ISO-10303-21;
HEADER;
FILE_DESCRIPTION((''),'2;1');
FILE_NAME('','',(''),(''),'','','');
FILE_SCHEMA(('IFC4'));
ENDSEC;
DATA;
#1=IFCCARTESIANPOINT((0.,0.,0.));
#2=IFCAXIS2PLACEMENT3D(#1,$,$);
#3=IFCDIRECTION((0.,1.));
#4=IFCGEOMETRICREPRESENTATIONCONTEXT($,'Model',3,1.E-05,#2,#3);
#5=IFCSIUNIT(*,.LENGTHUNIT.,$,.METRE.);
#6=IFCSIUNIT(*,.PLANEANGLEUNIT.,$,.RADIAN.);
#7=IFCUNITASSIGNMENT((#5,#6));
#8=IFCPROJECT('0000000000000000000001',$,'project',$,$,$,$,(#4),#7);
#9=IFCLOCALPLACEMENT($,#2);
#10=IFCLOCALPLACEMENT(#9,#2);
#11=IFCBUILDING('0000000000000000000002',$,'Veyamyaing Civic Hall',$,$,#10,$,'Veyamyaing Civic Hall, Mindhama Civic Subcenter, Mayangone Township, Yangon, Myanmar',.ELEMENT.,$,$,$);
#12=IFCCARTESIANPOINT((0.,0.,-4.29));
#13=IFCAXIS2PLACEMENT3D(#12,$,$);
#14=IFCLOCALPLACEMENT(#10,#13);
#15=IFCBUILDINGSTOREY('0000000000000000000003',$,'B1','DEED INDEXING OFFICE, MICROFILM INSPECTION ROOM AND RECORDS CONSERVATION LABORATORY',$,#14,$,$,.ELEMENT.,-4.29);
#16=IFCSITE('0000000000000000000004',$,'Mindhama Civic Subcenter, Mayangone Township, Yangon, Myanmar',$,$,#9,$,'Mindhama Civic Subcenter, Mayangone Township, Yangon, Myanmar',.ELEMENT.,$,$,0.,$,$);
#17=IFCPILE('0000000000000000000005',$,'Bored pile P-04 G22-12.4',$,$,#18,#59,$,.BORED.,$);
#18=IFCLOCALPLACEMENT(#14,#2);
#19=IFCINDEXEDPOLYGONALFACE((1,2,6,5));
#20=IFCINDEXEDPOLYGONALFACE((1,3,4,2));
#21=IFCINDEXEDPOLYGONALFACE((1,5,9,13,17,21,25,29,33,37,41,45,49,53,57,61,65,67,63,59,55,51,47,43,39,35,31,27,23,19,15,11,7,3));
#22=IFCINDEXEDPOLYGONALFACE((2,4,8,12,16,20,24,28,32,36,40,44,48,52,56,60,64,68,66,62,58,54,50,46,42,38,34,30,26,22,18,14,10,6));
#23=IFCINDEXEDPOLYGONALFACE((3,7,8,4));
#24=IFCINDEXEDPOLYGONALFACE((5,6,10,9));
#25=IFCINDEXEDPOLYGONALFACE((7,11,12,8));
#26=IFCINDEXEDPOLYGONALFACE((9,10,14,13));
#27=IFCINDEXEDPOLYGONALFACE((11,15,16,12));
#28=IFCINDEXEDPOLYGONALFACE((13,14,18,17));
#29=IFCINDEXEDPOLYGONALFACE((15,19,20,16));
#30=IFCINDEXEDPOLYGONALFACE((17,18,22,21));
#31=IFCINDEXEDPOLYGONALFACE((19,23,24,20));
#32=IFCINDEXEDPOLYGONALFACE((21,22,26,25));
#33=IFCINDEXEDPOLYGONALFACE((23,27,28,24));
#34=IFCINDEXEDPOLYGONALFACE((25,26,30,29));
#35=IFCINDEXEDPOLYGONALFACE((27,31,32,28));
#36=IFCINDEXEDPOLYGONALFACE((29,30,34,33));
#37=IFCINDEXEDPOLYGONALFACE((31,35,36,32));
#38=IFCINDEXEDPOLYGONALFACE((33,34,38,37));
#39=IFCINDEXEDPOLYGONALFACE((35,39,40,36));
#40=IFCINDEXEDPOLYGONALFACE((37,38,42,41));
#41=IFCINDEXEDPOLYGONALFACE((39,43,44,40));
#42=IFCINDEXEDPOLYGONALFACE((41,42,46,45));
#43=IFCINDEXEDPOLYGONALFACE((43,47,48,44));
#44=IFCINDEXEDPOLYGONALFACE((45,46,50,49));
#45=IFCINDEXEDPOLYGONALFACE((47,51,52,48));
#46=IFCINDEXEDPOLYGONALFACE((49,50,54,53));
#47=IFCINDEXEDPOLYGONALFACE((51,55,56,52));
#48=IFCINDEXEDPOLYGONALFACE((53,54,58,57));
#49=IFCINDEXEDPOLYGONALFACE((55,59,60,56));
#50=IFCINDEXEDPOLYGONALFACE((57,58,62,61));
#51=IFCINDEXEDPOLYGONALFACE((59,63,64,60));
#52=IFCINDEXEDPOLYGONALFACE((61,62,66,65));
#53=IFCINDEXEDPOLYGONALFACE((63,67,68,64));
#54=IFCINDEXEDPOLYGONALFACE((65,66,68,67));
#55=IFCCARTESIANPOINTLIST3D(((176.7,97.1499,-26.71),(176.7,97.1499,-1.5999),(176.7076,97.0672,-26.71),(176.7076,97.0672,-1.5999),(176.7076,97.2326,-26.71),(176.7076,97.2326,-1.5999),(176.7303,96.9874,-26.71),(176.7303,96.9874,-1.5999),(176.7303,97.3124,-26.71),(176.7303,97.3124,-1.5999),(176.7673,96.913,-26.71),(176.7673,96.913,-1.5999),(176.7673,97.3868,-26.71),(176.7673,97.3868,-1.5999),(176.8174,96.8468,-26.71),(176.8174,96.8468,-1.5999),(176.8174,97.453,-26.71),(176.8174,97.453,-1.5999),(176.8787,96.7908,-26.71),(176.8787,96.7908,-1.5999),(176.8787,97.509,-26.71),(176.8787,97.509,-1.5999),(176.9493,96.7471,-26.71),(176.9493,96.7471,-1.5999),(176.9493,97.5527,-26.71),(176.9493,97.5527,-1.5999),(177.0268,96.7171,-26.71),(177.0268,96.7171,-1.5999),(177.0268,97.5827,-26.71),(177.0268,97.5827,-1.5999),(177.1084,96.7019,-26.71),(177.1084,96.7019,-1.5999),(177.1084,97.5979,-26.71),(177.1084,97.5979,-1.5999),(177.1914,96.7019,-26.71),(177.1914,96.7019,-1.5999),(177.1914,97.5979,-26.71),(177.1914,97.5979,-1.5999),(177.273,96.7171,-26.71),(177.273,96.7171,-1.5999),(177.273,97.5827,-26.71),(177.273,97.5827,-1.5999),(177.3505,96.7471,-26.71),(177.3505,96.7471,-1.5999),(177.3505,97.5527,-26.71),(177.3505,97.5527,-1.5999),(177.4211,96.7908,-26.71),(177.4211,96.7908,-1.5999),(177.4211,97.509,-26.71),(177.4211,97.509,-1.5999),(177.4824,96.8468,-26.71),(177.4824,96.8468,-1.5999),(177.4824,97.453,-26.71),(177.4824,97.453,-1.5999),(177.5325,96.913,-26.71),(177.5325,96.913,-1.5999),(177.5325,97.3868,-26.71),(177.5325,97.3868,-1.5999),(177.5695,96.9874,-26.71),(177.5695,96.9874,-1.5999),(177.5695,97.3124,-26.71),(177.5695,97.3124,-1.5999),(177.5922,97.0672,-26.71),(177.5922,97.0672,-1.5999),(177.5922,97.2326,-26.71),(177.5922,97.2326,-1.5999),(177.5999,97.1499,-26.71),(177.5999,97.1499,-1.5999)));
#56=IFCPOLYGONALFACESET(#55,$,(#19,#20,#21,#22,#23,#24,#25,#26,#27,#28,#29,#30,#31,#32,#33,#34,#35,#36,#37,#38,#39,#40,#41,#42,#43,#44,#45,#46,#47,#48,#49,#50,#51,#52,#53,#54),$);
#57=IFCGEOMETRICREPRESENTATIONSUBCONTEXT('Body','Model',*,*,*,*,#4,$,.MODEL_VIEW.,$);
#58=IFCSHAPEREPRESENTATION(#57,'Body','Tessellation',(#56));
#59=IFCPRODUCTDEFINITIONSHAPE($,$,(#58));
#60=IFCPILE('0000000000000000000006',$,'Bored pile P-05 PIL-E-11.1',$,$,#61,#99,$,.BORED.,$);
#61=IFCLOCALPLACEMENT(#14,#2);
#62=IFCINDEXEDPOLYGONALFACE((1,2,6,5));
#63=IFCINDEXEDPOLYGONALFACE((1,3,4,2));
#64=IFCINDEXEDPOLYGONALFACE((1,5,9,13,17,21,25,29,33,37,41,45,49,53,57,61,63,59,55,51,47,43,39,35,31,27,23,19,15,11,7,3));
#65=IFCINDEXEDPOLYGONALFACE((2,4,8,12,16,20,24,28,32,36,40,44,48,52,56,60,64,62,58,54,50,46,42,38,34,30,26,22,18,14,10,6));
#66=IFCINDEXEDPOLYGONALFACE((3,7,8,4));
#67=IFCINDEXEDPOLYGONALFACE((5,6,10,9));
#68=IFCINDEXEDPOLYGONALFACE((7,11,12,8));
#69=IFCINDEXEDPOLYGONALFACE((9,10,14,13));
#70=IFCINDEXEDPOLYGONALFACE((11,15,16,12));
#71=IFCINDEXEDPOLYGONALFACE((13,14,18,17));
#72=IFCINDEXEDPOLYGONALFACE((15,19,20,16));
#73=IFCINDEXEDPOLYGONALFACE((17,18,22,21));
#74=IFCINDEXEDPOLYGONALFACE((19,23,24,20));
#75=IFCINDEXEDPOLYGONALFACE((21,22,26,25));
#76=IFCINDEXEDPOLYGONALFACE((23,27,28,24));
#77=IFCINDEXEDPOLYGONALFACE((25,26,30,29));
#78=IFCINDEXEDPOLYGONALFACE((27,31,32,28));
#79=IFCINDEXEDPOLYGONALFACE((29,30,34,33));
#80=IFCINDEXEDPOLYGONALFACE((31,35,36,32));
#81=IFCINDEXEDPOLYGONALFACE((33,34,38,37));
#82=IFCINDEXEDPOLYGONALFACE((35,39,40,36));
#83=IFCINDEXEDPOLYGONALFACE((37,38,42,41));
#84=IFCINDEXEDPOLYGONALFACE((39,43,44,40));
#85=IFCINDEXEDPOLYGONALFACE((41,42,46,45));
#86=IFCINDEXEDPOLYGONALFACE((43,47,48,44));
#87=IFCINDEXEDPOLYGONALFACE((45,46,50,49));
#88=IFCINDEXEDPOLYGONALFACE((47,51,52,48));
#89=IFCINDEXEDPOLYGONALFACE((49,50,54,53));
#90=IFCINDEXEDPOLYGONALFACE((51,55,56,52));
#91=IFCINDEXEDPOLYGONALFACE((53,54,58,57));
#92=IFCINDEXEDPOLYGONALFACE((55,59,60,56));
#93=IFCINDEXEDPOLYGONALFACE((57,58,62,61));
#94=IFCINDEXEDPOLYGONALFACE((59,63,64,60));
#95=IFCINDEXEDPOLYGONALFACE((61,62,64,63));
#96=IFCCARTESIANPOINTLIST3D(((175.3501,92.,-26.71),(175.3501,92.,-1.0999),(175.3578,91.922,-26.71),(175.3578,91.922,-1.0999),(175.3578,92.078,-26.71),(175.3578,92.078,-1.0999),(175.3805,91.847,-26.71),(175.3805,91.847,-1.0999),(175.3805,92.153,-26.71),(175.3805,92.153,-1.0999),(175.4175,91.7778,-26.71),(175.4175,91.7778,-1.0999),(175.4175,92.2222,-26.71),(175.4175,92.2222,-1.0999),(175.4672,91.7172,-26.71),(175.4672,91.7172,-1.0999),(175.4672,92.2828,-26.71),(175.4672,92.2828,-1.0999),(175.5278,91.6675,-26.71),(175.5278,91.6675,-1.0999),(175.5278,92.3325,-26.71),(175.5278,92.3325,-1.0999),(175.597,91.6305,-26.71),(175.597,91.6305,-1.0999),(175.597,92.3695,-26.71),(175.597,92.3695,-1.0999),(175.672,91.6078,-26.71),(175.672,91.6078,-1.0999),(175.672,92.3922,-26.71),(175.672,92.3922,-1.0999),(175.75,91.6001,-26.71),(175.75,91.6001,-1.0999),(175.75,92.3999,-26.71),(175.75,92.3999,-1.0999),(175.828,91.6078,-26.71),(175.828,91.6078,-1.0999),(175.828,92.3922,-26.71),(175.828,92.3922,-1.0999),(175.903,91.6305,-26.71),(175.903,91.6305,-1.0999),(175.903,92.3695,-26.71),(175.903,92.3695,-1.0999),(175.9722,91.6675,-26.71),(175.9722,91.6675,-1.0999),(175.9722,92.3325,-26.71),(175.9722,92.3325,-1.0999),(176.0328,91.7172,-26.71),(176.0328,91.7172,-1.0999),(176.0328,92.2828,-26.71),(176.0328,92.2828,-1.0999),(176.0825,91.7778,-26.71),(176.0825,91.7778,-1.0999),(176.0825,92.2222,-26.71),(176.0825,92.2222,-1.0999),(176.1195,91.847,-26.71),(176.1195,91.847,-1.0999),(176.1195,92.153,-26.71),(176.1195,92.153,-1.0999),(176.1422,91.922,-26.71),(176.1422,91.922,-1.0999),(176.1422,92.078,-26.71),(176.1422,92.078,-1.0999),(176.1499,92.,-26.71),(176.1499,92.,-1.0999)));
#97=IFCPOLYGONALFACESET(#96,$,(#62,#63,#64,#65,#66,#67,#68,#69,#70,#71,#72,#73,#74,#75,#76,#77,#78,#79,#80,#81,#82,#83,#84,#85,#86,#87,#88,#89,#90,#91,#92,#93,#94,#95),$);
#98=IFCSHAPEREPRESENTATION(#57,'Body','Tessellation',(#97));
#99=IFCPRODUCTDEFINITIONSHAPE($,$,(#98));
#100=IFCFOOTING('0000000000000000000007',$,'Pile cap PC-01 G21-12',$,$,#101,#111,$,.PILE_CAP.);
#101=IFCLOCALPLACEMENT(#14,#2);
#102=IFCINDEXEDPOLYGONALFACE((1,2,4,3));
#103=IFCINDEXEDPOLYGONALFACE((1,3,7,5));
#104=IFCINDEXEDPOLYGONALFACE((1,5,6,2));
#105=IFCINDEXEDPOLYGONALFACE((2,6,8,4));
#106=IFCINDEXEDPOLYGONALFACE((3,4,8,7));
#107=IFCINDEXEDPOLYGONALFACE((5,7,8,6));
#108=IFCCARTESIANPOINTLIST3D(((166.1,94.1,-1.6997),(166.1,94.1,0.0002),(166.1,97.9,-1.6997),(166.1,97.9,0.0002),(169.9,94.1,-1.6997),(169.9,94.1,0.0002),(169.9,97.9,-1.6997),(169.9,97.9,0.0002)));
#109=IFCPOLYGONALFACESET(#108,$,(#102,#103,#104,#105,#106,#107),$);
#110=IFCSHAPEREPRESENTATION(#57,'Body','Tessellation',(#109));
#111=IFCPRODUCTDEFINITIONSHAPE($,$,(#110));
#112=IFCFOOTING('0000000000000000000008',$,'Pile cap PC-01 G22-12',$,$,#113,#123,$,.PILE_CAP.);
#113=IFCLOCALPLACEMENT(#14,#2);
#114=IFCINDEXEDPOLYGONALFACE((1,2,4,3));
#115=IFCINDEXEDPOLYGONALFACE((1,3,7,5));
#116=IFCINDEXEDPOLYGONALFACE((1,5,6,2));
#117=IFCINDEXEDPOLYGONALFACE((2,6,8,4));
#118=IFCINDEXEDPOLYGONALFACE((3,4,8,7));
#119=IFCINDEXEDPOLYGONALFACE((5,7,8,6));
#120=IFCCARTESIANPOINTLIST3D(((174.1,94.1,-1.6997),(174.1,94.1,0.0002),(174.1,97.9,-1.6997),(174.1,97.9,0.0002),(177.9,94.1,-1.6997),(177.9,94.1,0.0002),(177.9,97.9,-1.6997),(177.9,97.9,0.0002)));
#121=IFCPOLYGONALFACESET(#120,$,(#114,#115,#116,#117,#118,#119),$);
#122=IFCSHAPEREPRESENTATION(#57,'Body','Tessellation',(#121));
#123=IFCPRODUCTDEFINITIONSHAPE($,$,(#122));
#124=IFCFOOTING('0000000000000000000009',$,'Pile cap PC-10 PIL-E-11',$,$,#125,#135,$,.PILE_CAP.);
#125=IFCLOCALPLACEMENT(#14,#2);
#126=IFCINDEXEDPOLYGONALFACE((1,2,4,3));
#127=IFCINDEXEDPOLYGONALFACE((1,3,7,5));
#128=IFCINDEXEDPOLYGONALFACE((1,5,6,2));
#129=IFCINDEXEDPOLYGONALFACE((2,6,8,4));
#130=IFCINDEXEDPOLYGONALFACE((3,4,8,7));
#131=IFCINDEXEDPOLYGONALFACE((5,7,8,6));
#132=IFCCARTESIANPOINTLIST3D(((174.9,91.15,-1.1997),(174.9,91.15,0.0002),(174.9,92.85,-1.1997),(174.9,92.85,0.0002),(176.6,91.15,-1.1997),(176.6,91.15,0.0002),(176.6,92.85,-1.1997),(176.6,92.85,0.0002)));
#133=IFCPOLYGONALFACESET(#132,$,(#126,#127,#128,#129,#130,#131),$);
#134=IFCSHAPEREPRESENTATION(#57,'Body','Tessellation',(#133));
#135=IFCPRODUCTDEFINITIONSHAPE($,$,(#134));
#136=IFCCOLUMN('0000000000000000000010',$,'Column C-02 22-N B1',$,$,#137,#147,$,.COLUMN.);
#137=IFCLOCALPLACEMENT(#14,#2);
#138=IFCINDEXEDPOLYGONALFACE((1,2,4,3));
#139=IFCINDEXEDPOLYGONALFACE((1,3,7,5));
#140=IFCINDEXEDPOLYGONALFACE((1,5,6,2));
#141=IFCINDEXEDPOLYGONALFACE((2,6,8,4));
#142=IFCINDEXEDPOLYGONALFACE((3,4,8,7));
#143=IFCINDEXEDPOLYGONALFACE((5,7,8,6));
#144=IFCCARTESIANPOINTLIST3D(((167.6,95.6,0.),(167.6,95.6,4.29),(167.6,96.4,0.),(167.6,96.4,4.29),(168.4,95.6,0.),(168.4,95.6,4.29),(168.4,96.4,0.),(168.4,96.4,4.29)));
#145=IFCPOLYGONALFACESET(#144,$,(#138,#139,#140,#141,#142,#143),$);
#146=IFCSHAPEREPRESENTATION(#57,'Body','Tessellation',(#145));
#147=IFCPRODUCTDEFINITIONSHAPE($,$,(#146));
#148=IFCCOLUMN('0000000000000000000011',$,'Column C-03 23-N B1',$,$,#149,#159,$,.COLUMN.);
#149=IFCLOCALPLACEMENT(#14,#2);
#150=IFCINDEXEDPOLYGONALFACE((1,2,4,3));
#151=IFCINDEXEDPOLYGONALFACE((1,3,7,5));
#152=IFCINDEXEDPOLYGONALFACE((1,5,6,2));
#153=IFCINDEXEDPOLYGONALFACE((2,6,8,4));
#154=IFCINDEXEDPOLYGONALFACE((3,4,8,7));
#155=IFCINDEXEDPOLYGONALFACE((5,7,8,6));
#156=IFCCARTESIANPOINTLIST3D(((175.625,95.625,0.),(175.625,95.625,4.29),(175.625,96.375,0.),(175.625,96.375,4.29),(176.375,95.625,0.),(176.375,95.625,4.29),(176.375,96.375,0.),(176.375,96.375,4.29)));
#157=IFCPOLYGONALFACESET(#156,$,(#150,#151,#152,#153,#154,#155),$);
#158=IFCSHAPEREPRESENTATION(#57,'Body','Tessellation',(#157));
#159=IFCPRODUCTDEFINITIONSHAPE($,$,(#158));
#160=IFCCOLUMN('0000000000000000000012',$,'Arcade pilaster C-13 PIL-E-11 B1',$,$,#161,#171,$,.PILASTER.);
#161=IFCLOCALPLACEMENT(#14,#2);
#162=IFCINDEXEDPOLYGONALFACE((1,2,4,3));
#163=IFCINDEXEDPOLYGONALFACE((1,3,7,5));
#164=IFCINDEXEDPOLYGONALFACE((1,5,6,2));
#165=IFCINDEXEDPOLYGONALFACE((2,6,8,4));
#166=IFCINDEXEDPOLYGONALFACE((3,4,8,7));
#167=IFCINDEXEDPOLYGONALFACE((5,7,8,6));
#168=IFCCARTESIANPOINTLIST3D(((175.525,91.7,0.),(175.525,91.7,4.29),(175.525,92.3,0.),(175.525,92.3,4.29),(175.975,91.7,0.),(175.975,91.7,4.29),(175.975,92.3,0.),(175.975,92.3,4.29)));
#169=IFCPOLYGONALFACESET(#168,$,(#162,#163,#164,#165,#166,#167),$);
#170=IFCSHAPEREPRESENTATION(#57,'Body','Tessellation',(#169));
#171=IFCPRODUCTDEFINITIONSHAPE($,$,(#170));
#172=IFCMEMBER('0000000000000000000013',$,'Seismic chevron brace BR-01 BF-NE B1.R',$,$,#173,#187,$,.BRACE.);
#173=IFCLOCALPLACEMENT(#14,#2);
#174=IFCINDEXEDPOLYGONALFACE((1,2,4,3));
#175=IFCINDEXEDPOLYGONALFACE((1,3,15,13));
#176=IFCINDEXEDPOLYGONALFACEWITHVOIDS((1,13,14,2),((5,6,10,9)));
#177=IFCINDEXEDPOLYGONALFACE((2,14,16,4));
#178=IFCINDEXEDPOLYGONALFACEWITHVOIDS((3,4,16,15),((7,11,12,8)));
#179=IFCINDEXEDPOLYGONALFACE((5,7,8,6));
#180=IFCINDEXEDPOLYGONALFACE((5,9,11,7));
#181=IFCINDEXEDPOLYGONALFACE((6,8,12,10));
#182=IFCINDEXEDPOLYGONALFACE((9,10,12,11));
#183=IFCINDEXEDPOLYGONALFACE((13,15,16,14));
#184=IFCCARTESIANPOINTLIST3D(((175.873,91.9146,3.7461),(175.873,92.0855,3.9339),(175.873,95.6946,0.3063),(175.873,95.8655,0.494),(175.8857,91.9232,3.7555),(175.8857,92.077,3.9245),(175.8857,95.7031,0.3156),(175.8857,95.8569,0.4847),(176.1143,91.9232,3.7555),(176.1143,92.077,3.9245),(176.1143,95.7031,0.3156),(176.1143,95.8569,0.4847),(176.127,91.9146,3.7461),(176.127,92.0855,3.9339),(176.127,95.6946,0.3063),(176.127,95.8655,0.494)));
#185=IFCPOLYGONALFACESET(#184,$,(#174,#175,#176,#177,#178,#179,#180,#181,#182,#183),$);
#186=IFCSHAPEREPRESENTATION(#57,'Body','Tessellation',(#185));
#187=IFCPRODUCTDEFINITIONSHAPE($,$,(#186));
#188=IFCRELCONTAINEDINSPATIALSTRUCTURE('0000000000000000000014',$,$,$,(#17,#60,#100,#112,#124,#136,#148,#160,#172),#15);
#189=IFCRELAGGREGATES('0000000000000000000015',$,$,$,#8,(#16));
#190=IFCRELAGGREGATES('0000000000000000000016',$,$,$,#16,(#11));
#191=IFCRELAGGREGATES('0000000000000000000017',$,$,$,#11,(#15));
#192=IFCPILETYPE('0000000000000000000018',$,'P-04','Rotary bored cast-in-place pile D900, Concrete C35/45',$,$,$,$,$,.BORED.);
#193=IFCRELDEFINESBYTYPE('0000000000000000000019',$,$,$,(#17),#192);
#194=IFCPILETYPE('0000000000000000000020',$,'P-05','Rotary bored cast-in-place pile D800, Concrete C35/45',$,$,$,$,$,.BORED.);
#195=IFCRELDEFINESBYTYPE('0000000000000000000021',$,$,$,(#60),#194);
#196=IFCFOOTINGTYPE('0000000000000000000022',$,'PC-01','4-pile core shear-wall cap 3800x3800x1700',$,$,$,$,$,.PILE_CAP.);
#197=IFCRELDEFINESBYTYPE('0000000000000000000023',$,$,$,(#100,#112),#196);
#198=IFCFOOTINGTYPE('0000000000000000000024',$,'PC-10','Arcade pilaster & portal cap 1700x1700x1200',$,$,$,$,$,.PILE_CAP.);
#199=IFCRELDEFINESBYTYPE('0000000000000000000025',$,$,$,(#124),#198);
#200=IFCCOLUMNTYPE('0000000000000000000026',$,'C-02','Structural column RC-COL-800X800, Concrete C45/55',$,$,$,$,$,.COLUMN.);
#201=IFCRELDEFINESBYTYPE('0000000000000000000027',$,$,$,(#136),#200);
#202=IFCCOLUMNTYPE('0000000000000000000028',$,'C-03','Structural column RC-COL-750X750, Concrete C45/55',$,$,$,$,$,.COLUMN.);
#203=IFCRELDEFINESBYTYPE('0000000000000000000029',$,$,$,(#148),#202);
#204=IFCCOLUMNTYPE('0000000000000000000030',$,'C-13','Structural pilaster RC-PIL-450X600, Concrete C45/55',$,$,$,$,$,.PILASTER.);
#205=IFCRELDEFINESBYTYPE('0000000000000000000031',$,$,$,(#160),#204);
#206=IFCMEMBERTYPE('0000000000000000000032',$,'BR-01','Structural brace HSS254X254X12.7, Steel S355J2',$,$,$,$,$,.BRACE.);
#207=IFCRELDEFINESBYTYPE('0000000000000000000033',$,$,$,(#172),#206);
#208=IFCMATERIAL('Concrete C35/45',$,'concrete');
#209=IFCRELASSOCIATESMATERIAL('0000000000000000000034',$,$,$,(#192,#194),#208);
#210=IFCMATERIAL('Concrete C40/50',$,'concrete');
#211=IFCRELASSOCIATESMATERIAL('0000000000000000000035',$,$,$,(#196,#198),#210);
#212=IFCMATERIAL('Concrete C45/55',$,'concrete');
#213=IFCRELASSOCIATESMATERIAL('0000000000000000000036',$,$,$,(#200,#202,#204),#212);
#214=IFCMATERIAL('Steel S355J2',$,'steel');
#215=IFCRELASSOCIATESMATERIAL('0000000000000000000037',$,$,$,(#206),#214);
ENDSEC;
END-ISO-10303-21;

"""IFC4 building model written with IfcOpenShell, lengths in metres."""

from ifc_helpers import new_model, si_unit, direction, frame, origin, origin_2d, place, context, subcontext, project, spatial, rectangle, hollow_rectangle, circle, extrude, material, material_profile, profile_set, type_object, element, save


model = new_model("IFC4")

# Units and contexts
model_context = context("Model", 3, precision=1e-05, world=origin(), true_north=direction((0.0, 1.0)))
body_context = subcontext(model_context, "Body", "Model", "MODEL_VIEW")
ifc_project = project(units=[si_unit("LENGTHUNIT", "METRE"), si_unit("PLANEANGLEUNIT", "RADIAN")], contexts=[model_context])

# Site, building, storey
site_placement = place(None, origin())
site = spatial("IfcSite", under=ifc_project, at=site_placement, Name="Mindhama Civic Subcenter, Mayangone Township, Yangon, Myanmar", LongName="Mindhama Civic Subcenter, Mayangone Township, Yangon, Myanmar", CompositionType="ELEMENT", RefElevation=0.0)
building_placement = place(site_placement, origin())
building = spatial("IfcBuilding", under=site, at=building_placement, Name="Veyamyaing Civic Hall", LongName="Veyamyaing Civic Hall, Mindhama Civic Subcenter, Mayangone Township, Yangon, Myanmar", CompositionType="ELEMENT")
storey_placement = place(building_placement, frame((0.0, 0.0, -4.29)))
storey = spatial("IfcBuildingStorey", under=building, at=storey_placement, Name="B1", Description="DEED INDEXING OFFICE, MICROFILM INSPECTION ROOM AND RECORDS CONSERVATION LABORATORY", CompositionType="ELEMENT", Elevation=-4.29)

# Shared definitions
ifc_material_1 = material(Name="Concrete C40/50", Category="concrete")

# Piles
ifc_material_2 = material(Name="Concrete C35/45", Category="concrete")
ifc_material_profile_1 = material_profile(ifc_material_2, circle(Radius=0.45, at=origin_2d()), Name="PILE-D900")
ifc_profile_set_1 = profile_set([ifc_material_profile_1], Name="Concrete C35/45")
pile_type_1 = type_object("IfcPileType", Name="P-04", Description="Rotary bored cast-in-place pile D900, Concrete C35/45", PredefinedType="BORED", material=ifc_profile_set_1)
for number, where, z_axis, x_axis, name in (
    (1, (177.1499, 97.1499, -1.5999), (0.0, 0.0, -1.0), (1.0, 0.0, 0.0), "Bored pile P-04 G22-12.4"),
):
    element("IfcPile", number, at=place(storey_placement, frame(where, z_axis=z_axis, x_axis=x_axis)), inside=storey, type_object=pile_type_1, Name=name, PredefinedType="BORED", context=body_context, shape_type="SweptSolid", body=[
        extrude(circle(Radius=0.45, at=origin_2d()), origin(), (0.0, 0.0, 1.0), 25.1101),
    ])
ifc_material_profile_2 = material_profile(ifc_material_2, circle(Radius=0.3999, at=origin_2d()), Name="PILE-D800")
ifc_profile_set_2 = profile_set([ifc_material_profile_2], Name="Concrete C35/45")
pile_type_2 = type_object("IfcPileType", Name="P-05", Description="Rotary bored cast-in-place pile D800, Concrete C35/45", PredefinedType="BORED", material=ifc_profile_set_2)
pile_placement = place(storey_placement, frame((175.75, 92.0, -1.0999), z_axis=(0.0, 0.0, -1.0), x_axis=(1.0, 0.0, 0.0)))
element("IfcPile", 2, at=pile_placement, inside=storey, type_object=pile_type_2, Name="Bored pile P-05 PIL-E-11.1", PredefinedType="BORED", context=body_context, shape_type="SweptSolid", body=[
    extrude(circle(Radius=0.3999, at=origin_2d()), origin(), (0.0, 0.0, 1.0), 25.6101),
])

# Footings
footing_type_1 = type_object("IfcFootingType", Name="PC-01", Description="4-pile core shear-wall cap 3800x3800x1700", PredefinedType="PILE_CAP", material=ifc_material_1)
for number, where, z_axis, x_axis, name in (
    (3, (168.0, 96.0, -1.6997), (0.0, 0.0, 1.0), (1.0, 0.0, 0.0), "Pile cap PC-01 G21-12"),
    (4, (176.0, 96.0, -1.6997), (0.0, 0.0, 1.0), (1.0, 0.0, 0.0), "Pile cap PC-01 G22-12"),
):
    element("IfcFooting", number, at=place(storey_placement, frame(where, z_axis=z_axis, x_axis=x_axis)), inside=storey, type_object=footing_type_1, Name=name, PredefinedType="PILE_CAP", context=body_context, shape_type="SweptSolid", body=[
        extrude(rectangle(XDim=3.8, YDim=3.8, at=origin_2d()), origin(), (0.0, 0.0, 1.0), 1.7),
    ])
footing_type_2 = type_object("IfcFootingType", Name="PC-10", Description="Arcade pilaster & portal cap 1700x1700x1200", PredefinedType="PILE_CAP", material=ifc_material_1)
footing_1_placement = place(storey_placement, frame((175.75, 92.0, -1.1997), z_axis=(0.0, 0.0, 1.0), x_axis=(1.0, 0.0, 0.0)))
element("IfcFooting", 5, at=footing_1_placement, inside=storey, type_object=footing_type_2, Name="Pile cap PC-10 PIL-E-11", PredefinedType="PILE_CAP", context=body_context, shape_type="SweptSolid", body=[
    extrude(rectangle(XDim=1.7, YDim=1.7, at=origin_2d()), origin(), (0.0, 0.0, 1.0), 1.2),
])

# Columns
ifc_material_3 = material(Name="Concrete C45/55", Category="concrete")
ifc_material_profile_3 = material_profile(ifc_material_3, rectangle(XDim=0.8, YDim=0.8, at=origin_2d()), Name="RC-COL-800X800")
ifc_profile_set_3 = profile_set([ifc_material_profile_3], Name="Concrete C45/55")
column_type_1 = type_object("IfcColumnType", Name="C-02", Description="Structural column RC-COL-800X800, Concrete C45/55", PredefinedType="COLUMN", material=ifc_profile_set_3)
column_1_placement = place(storey_placement, frame((168.0, 96.0, 0.0), z_axis=(0.0, 0.0, 1.0), x_axis=(1.0, 0.0, 0.0)))
element("IfcColumn", 6, at=column_1_placement, inside=storey, type_object=column_type_1, Name="Column C-02 22-N B1", PredefinedType="COLUMN", context=body_context, shape_type="SweptSolid", body=[
    extrude(rectangle(XDim=0.8, YDim=0.8, at=origin_2d()), origin(), (0.0, 0.0, 1.0), 4.29),
])
ifc_material_profile_4 = material_profile(ifc_material_3, rectangle(XDim=0.75, YDim=0.75, at=origin_2d()), Name="RC-COL-750X750")
ifc_profile_set_4 = profile_set([ifc_material_profile_4], Name="Concrete C45/55")
column_type_2 = type_object("IfcColumnType", Name="C-03", Description="Structural column RC-COL-750X750, Concrete C45/55", PredefinedType="COLUMN", material=ifc_profile_set_4)
column_2_placement = place(storey_placement, frame((176.0, 96.0, 0.0), z_axis=(0.0, 0.0, 1.0), x_axis=(1.0, 0.0, 0.0)))
element("IfcColumn", 7, at=column_2_placement, inside=storey, type_object=column_type_2, Name="Column C-03 23-N B1", PredefinedType="COLUMN", context=body_context, shape_type="SweptSolid", body=[
    extrude(rectangle(XDim=0.75, YDim=0.75, at=origin_2d()), origin(), (0.0, 0.0, 1.0), 4.29),
])
ifc_material_profile_5 = material_profile(ifc_material_3, rectangle(XDim=0.45, YDim=0.6001, at=origin_2d()), Name="RC-PIL-450X600")
ifc_profile_set_5 = profile_set([ifc_material_profile_5], Name="Concrete C45/55")
column_type_3 = type_object("IfcColumnType", Name="C-13", Description="Structural pilaster RC-PIL-450X600, Concrete C45/55", PredefinedType="PILASTER", material=ifc_profile_set_5)
column_3_placement = place(storey_placement, frame((175.75, 92.0, 0.0), z_axis=(0.0, 0.0, 1.0), x_axis=(1.0, 0.0, 0.0)))
element("IfcColumn", 8, at=column_3_placement, inside=storey, type_object=column_type_3, Name="Arcade pilaster C-13 PIL-E-11 B1", PredefinedType="PILASTER", context=body_context, shape_type="SweptSolid", body=[
    extrude(rectangle(XDim=0.45, YDim=0.6001, at=origin_2d()), origin(), (0.0, 0.0, 1.0), 4.29),
])

# Member
ifc_material_4 = material(Name="Steel S355J2", Category="steel")
ifc_material_profile_6 = material_profile(ifc_material_4, hollow_rectangle(XDim=0.2539, YDim=0.2539, WallThickness=0.0127, at=origin_2d()), Name="HSS254X254X12.7")
ifc_profile_set_6 = profile_set([ifc_material_profile_6], Name="Steel S355J2")
member_type = type_object("IfcMemberType", Name="BR-01", Description="Structural brace HSS254X254X12.7, Steel S355J2", PredefinedType="BRACE", material=ifc_profile_set_6)
member_placement = place(storey_placement, frame((176.0, 95.78, 0.4001), z_axis=(0.0, -0.739594, 0.673053), x_axis=(1.0, 0.0, 0.0)))
element("IfcMember", 9, at=member_placement, inside=storey, type_object=member_type, Name="Seismic chevron brace BR-01 BF-NE B1.R", PredefinedType="BRACE", context=body_context, shape_type="SweptSolid", body=[
    extrude(hollow_rectangle(XDim=0.2539, YDim=0.2539, WallThickness=0.0127, at=origin_2d()), origin(), (0.0, 0.0, 1.0), 5.1108),
])

save(model, "model.ifc")
